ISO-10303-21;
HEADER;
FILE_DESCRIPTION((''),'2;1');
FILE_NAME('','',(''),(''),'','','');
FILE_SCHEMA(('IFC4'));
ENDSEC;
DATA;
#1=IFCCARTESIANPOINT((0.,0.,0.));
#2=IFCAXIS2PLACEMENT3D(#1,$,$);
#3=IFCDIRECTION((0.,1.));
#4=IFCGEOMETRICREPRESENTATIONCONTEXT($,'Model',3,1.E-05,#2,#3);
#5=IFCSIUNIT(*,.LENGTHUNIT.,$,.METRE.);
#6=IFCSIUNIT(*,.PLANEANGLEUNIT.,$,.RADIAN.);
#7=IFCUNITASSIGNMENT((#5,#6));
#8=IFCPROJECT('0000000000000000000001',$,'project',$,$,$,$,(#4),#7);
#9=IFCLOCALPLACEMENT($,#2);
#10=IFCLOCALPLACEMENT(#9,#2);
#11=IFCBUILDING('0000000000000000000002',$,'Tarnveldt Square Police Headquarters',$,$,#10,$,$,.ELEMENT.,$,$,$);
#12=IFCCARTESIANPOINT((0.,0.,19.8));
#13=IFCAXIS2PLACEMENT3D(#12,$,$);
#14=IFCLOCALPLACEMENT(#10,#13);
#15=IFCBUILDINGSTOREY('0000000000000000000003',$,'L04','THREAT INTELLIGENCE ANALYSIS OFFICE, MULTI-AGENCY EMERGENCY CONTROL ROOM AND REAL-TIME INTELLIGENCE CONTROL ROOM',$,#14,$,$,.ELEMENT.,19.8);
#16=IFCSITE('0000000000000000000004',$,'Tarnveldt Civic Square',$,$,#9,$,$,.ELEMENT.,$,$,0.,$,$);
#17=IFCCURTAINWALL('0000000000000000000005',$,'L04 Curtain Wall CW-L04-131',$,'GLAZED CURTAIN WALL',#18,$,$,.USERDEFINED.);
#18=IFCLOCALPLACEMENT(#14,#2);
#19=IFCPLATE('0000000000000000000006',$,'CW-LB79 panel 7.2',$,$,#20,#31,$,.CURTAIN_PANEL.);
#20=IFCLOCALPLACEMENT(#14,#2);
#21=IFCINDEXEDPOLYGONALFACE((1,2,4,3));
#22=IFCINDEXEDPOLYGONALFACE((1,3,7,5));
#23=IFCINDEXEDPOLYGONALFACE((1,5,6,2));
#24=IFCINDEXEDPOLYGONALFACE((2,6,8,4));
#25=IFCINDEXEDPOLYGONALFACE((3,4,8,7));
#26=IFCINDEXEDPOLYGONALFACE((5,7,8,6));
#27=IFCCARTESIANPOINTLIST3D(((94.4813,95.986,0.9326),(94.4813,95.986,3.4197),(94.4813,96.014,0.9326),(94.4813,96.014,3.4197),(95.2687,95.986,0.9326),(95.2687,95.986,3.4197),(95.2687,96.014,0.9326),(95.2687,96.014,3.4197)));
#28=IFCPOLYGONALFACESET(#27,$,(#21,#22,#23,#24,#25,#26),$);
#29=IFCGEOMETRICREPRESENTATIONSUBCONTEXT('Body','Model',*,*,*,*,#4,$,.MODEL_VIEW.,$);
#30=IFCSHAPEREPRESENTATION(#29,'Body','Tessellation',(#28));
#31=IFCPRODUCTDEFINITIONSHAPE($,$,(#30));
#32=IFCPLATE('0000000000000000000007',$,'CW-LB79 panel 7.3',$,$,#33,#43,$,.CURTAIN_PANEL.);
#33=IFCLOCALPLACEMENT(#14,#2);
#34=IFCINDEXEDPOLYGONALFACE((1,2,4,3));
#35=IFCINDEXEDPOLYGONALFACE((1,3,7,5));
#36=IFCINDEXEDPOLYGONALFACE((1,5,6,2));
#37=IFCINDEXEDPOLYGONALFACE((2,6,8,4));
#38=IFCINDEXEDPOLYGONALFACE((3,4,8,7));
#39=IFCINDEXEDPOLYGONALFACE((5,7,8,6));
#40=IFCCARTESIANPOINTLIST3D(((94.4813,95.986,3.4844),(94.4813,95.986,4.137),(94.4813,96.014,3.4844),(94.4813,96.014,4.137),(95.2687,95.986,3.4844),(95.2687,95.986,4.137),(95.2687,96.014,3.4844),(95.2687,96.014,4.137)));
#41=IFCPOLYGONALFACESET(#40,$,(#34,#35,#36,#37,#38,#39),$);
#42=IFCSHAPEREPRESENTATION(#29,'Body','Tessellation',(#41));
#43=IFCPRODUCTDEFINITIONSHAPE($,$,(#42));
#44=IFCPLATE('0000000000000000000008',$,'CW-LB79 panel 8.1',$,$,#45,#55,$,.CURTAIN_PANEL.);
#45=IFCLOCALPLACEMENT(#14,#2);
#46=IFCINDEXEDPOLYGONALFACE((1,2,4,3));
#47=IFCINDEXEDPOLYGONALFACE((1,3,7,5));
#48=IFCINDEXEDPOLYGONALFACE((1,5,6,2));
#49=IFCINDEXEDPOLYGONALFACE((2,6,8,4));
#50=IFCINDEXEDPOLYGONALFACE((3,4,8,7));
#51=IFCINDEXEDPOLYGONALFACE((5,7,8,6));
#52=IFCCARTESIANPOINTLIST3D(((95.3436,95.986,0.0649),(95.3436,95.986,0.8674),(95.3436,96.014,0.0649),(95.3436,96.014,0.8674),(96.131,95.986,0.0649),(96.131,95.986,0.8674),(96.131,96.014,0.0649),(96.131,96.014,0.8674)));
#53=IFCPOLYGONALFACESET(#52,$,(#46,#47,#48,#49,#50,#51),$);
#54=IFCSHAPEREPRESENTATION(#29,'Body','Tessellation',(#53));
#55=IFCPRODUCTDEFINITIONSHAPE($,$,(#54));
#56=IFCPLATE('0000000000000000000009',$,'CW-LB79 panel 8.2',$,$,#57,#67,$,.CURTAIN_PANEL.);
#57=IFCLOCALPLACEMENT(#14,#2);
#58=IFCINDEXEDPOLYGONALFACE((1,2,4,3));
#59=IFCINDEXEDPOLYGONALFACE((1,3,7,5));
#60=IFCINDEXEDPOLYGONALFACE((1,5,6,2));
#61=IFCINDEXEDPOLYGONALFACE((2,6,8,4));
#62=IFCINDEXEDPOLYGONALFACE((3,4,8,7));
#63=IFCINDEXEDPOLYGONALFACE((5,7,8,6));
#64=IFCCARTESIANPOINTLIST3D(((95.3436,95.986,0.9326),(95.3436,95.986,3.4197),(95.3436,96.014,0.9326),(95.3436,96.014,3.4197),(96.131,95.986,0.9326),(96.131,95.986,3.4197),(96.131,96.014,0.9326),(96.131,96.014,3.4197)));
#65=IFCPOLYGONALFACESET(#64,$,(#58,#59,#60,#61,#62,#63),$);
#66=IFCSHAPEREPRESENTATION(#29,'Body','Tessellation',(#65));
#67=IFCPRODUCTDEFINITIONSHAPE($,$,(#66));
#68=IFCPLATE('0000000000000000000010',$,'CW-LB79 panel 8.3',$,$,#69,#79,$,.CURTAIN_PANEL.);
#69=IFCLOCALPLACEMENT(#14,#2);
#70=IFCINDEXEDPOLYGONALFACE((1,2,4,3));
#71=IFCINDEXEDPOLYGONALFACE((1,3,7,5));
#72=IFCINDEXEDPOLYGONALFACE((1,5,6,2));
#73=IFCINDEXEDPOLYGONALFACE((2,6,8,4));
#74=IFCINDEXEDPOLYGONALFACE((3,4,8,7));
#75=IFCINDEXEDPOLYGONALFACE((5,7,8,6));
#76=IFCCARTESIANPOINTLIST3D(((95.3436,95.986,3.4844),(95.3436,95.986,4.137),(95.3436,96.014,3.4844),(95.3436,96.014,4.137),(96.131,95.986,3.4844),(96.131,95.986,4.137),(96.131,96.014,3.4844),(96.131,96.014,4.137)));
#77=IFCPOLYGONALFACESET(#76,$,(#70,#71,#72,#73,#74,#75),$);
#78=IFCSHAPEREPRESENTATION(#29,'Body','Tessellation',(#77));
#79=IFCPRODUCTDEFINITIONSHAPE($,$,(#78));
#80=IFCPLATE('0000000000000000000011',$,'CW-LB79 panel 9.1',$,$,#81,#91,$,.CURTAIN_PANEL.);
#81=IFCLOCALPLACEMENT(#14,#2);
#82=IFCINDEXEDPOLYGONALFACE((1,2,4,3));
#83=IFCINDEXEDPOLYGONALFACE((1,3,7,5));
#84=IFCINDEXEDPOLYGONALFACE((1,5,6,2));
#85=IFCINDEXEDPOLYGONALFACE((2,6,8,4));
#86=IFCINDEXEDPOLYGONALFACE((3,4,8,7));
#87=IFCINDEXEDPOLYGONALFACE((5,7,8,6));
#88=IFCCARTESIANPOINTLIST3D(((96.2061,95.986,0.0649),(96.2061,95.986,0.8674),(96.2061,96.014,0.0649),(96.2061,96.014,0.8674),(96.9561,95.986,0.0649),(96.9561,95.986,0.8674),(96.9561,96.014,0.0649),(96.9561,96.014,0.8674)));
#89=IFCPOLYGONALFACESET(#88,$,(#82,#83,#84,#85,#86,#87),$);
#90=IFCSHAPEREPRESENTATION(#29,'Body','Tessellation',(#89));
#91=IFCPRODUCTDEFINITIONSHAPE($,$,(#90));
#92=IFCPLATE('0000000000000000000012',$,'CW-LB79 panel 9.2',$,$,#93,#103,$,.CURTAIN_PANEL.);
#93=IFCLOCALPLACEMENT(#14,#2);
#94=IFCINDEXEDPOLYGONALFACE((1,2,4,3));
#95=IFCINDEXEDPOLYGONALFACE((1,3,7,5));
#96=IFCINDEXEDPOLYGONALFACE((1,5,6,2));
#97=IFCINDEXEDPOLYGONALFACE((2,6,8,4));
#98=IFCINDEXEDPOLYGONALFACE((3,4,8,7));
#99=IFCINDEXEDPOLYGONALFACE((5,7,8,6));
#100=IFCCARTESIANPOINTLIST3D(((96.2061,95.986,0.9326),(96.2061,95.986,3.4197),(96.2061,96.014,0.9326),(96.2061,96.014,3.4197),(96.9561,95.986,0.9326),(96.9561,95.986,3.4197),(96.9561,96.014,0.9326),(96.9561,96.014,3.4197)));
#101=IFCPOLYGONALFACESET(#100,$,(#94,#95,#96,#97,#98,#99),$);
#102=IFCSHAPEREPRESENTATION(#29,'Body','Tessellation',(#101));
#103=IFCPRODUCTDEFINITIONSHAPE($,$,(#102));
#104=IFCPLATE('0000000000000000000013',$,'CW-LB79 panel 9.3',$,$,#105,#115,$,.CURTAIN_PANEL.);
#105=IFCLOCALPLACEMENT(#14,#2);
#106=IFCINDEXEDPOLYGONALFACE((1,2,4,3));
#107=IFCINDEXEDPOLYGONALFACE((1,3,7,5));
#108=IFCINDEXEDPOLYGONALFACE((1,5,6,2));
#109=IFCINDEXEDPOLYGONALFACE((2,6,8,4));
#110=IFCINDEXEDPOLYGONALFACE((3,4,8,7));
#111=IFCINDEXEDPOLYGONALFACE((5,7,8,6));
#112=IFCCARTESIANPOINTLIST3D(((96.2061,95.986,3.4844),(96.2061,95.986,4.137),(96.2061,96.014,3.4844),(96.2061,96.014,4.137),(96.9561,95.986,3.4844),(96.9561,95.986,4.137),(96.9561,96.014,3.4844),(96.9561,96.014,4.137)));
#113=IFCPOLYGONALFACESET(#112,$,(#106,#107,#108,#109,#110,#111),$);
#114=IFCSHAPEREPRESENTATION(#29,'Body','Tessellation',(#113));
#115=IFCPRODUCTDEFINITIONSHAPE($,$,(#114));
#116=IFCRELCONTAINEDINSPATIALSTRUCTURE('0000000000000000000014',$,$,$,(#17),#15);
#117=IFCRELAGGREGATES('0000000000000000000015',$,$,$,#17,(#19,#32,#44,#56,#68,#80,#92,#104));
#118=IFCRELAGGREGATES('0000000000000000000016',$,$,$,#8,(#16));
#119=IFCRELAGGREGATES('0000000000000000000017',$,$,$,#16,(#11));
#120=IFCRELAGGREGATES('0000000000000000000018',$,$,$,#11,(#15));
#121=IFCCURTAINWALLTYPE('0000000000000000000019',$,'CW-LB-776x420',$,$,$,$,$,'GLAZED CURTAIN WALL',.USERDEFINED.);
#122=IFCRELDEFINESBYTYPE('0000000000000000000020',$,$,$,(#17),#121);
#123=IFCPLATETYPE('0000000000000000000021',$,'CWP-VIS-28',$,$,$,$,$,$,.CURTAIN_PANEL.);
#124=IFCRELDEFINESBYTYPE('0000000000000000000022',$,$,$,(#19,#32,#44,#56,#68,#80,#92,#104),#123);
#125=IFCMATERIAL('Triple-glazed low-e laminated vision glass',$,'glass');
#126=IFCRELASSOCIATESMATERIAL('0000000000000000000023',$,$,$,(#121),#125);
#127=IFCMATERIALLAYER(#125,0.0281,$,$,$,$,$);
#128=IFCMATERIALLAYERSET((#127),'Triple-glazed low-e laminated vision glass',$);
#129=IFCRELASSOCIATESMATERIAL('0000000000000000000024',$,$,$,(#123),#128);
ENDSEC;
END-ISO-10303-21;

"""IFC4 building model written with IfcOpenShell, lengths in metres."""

from ifc_helpers import new_model, si_unit, direction, frame, origin, origin_2d, place, context, subcontext, project, spatial, rectangle, extrude, material, layer, layer_set, type_object, element, aggregate, save


model = new_model("IFC4")

# Units and contexts
model_context = context("Model", 3, precision=1e-05, world=origin(), true_north=direction((0.0, 1.0)))
body_context = subcontext(model_context, "Body", "Model", "MODEL_VIEW")
ifc_project = project(units=[si_unit("LENGTHUNIT", "METRE"), si_unit("PLANEANGLEUNIT", "RADIAN")], contexts=[model_context])

# Site, building, storey
site_placement = place(None, origin())
site = spatial("IfcSite", under=ifc_project, at=site_placement, Name="Tarnveldt Civic Square", CompositionType="ELEMENT", RefElevation=0.0)
building_placement = place(site_placement, origin())
building = spatial("IfcBuilding", under=site, at=building_placement, Name="Tarnveldt Square Police Headquarters", CompositionType="ELEMENT")
storey_placement = place(building_placement, frame((0.0, 0.0, 19.8)))
storey = spatial("IfcBuildingStorey", under=building, at=storey_placement, Name="L04", Description="THREAT INTELLIGENCE ANALYSIS OFFICE, MULTI-AGENCY EMERGENCY CONTROL ROOM AND REAL-TIME INTELLIGENCE CONTROL ROOM", CompositionType="ELEMENT", Elevation=19.8)

# Curtain wall
ifc_material_1 = material(Name="Triple-glazed low-e laminated vision glass", Category="glass")
curtain_wall_type_1 = type_object("IfcCurtainWallType", Name="CW-LB-776x420", ElementType="GLAZED CURTAIN WALL", PredefinedType="USERDEFINED", material=ifc_material_1)
curtain_wall_1_placement = place(storey_placement, origin())
curtain_wall_1 = element("IfcCurtainWall", 1, at=curtain_wall_1_placement, inside=storey, type_object=curtain_wall_type_1, Name="L04 Curtain Wall CW-L04-131", ObjectType="GLAZED CURTAIN WALL", PredefinedType="USERDEFINED")

# Plates
ifc_layer = layer(ifc_material_1, 0.0281)
ifc_layer_set = layer_set([ifc_layer], Name="Triple-glazed low-e laminated vision glass")
plate_type = type_object("IfcPlateType", Name="CWP-VIS-28", PredefinedType="CURTAIN_PANEL", material=ifc_layer_set)
plate_1_placement = place(storey_placement, frame((94.875, 96.0, 0.9326), z_axis=(0.0, 0.0, 1.0), x_axis=(1.0, 0.0, 0.0)))
plate_1 = element("IfcPlate", 2, at=plate_1_placement, type_object=plate_type, Name="CW-LB79 panel 7.2", PredefinedType="CURTAIN_PANEL", context=body_context, shape_type="SweptSolid", body=[
    extrude(rectangle(XDim=0.7874, YDim=0.0281, at=origin_2d()), origin(), (0.0, 0.0, 1.0), 2.4871),
])
plate_2_placement = place(storey_placement, frame((94.875, 96.0, 3.4844), z_axis=(0.0, 0.0, 1.0), x_axis=(1.0, 0.0, 0.0)))
plate_2 = element("IfcPlate", 3, at=plate_2_placement, type_object=plate_type, Name="CW-LB79 panel 7.3", PredefinedType="CURTAIN_PANEL", context=body_context, shape_type="SweptSolid", body=[
    extrude(rectangle(XDim=0.7874, YDim=0.0281, at=origin_2d()), origin(), (0.0, 0.0, 1.0), 0.6526),
])
plate_3_placement = place(storey_placement, frame((95.7373, 96.0, 0.0649), z_axis=(0.0, 0.0, 1.0), x_axis=(1.0, 0.0, 0.0)))
plate_3 = element("IfcPlate", 4, at=plate_3_placement, type_object=plate_type, Name="CW-LB79 panel 8.1", PredefinedType="CURTAIN_PANEL", context=body_context, shape_type="SweptSolid", body=[
    extrude(rectangle(XDim=0.7874, YDim=0.0281, at=origin_2d()), origin(), (0.0, 0.0, 1.0), 0.8025),
])
plate_4_placement = place(storey_placement, frame((95.7373, 96.0, 0.9326), z_axis=(0.0, 0.0, 1.0), x_axis=(1.0, 0.0, 0.0)))
plate_4 = element("IfcPlate", 5, at=plate_4_placement, type_object=plate_type, Name="CW-LB79 panel 8.2", PredefinedType="CURTAIN_PANEL", context=body_context, shape_type="SweptSolid", body=[
    extrude(rectangle(XDim=0.7874, YDim=0.0281, at=origin_2d()), origin(), (0.0, 0.0, 1.0), 2.4871),
])
plate_5_placement = place(storey_placement, frame((95.7373, 96.0, 3.4844), z_axis=(0.0, 0.0, 1.0), x_axis=(1.0, 0.0, 0.0)))
plate_5 = element("IfcPlate", 6, at=plate_5_placement, type_object=plate_type, Name="CW-LB79 panel 8.3", PredefinedType="CURTAIN_PANEL", context=body_context, shape_type="SweptSolid", body=[
    extrude(rectangle(XDim=0.7874, YDim=0.0281, at=origin_2d()), origin(), (0.0, 0.0, 1.0), 0.6526),
])
plate_6_placement = place(storey_placement, frame((96.5811, 96.0, 0.0649), z_axis=(0.0, 0.0, 1.0), x_axis=(1.0, 0.0, 0.0)))
plate_6 = element("IfcPlate", 7, at=plate_6_placement, type_object=plate_type, Name="CW-LB79 panel 9.1", PredefinedType="CURTAIN_PANEL", context=body_context, shape_type="SweptSolid", body=[
    extrude(rectangle(XDim=0.75, YDim=0.0281, at=origin_2d()), origin(), (0.0, 0.0, 1.0), 0.8025),
])
plate_7_placement = place(storey_placement, frame((96.5811, 96.0, 0.9326), z_axis=(0.0, 0.0, 1.0), x_axis=(1.0, 0.0, 0.0)))
plate_7 = element("IfcPlate", 8, at=plate_7_placement, type_object=plate_type, Name="CW-LB79 panel 9.2", PredefinedType="CURTAIN_PANEL", context=body_context, shape_type="SweptSolid", body=[
    extrude(rectangle(XDim=0.75, YDim=0.0281, at=origin_2d()), origin(), (0.0, 0.0, 1.0), 2.4871),
])
plate_8_placement = place(storey_placement, frame((96.5811, 96.0, 3.4844), z_axis=(0.0, 0.0, 1.0), x_axis=(1.0, 0.0, 0.0)))
plate_8 = element("IfcPlate", 9, at=plate_8_placement, type_object=plate_type, Name="CW-LB79 panel 9.3", PredefinedType="CURTAIN_PANEL", context=body_context, shape_type="SweptSolid", body=[
    extrude(rectangle(XDim=0.75, YDim=0.0281, at=origin_2d()), origin(), (0.0, 0.0, 1.0), 0.6526),
])
aggregate(curtain_wall_1, [plate_1, plate_2, plate_3, plate_4, plate_5, plate_6, plate_7, plate_8])

save(model, "model.ifc")
